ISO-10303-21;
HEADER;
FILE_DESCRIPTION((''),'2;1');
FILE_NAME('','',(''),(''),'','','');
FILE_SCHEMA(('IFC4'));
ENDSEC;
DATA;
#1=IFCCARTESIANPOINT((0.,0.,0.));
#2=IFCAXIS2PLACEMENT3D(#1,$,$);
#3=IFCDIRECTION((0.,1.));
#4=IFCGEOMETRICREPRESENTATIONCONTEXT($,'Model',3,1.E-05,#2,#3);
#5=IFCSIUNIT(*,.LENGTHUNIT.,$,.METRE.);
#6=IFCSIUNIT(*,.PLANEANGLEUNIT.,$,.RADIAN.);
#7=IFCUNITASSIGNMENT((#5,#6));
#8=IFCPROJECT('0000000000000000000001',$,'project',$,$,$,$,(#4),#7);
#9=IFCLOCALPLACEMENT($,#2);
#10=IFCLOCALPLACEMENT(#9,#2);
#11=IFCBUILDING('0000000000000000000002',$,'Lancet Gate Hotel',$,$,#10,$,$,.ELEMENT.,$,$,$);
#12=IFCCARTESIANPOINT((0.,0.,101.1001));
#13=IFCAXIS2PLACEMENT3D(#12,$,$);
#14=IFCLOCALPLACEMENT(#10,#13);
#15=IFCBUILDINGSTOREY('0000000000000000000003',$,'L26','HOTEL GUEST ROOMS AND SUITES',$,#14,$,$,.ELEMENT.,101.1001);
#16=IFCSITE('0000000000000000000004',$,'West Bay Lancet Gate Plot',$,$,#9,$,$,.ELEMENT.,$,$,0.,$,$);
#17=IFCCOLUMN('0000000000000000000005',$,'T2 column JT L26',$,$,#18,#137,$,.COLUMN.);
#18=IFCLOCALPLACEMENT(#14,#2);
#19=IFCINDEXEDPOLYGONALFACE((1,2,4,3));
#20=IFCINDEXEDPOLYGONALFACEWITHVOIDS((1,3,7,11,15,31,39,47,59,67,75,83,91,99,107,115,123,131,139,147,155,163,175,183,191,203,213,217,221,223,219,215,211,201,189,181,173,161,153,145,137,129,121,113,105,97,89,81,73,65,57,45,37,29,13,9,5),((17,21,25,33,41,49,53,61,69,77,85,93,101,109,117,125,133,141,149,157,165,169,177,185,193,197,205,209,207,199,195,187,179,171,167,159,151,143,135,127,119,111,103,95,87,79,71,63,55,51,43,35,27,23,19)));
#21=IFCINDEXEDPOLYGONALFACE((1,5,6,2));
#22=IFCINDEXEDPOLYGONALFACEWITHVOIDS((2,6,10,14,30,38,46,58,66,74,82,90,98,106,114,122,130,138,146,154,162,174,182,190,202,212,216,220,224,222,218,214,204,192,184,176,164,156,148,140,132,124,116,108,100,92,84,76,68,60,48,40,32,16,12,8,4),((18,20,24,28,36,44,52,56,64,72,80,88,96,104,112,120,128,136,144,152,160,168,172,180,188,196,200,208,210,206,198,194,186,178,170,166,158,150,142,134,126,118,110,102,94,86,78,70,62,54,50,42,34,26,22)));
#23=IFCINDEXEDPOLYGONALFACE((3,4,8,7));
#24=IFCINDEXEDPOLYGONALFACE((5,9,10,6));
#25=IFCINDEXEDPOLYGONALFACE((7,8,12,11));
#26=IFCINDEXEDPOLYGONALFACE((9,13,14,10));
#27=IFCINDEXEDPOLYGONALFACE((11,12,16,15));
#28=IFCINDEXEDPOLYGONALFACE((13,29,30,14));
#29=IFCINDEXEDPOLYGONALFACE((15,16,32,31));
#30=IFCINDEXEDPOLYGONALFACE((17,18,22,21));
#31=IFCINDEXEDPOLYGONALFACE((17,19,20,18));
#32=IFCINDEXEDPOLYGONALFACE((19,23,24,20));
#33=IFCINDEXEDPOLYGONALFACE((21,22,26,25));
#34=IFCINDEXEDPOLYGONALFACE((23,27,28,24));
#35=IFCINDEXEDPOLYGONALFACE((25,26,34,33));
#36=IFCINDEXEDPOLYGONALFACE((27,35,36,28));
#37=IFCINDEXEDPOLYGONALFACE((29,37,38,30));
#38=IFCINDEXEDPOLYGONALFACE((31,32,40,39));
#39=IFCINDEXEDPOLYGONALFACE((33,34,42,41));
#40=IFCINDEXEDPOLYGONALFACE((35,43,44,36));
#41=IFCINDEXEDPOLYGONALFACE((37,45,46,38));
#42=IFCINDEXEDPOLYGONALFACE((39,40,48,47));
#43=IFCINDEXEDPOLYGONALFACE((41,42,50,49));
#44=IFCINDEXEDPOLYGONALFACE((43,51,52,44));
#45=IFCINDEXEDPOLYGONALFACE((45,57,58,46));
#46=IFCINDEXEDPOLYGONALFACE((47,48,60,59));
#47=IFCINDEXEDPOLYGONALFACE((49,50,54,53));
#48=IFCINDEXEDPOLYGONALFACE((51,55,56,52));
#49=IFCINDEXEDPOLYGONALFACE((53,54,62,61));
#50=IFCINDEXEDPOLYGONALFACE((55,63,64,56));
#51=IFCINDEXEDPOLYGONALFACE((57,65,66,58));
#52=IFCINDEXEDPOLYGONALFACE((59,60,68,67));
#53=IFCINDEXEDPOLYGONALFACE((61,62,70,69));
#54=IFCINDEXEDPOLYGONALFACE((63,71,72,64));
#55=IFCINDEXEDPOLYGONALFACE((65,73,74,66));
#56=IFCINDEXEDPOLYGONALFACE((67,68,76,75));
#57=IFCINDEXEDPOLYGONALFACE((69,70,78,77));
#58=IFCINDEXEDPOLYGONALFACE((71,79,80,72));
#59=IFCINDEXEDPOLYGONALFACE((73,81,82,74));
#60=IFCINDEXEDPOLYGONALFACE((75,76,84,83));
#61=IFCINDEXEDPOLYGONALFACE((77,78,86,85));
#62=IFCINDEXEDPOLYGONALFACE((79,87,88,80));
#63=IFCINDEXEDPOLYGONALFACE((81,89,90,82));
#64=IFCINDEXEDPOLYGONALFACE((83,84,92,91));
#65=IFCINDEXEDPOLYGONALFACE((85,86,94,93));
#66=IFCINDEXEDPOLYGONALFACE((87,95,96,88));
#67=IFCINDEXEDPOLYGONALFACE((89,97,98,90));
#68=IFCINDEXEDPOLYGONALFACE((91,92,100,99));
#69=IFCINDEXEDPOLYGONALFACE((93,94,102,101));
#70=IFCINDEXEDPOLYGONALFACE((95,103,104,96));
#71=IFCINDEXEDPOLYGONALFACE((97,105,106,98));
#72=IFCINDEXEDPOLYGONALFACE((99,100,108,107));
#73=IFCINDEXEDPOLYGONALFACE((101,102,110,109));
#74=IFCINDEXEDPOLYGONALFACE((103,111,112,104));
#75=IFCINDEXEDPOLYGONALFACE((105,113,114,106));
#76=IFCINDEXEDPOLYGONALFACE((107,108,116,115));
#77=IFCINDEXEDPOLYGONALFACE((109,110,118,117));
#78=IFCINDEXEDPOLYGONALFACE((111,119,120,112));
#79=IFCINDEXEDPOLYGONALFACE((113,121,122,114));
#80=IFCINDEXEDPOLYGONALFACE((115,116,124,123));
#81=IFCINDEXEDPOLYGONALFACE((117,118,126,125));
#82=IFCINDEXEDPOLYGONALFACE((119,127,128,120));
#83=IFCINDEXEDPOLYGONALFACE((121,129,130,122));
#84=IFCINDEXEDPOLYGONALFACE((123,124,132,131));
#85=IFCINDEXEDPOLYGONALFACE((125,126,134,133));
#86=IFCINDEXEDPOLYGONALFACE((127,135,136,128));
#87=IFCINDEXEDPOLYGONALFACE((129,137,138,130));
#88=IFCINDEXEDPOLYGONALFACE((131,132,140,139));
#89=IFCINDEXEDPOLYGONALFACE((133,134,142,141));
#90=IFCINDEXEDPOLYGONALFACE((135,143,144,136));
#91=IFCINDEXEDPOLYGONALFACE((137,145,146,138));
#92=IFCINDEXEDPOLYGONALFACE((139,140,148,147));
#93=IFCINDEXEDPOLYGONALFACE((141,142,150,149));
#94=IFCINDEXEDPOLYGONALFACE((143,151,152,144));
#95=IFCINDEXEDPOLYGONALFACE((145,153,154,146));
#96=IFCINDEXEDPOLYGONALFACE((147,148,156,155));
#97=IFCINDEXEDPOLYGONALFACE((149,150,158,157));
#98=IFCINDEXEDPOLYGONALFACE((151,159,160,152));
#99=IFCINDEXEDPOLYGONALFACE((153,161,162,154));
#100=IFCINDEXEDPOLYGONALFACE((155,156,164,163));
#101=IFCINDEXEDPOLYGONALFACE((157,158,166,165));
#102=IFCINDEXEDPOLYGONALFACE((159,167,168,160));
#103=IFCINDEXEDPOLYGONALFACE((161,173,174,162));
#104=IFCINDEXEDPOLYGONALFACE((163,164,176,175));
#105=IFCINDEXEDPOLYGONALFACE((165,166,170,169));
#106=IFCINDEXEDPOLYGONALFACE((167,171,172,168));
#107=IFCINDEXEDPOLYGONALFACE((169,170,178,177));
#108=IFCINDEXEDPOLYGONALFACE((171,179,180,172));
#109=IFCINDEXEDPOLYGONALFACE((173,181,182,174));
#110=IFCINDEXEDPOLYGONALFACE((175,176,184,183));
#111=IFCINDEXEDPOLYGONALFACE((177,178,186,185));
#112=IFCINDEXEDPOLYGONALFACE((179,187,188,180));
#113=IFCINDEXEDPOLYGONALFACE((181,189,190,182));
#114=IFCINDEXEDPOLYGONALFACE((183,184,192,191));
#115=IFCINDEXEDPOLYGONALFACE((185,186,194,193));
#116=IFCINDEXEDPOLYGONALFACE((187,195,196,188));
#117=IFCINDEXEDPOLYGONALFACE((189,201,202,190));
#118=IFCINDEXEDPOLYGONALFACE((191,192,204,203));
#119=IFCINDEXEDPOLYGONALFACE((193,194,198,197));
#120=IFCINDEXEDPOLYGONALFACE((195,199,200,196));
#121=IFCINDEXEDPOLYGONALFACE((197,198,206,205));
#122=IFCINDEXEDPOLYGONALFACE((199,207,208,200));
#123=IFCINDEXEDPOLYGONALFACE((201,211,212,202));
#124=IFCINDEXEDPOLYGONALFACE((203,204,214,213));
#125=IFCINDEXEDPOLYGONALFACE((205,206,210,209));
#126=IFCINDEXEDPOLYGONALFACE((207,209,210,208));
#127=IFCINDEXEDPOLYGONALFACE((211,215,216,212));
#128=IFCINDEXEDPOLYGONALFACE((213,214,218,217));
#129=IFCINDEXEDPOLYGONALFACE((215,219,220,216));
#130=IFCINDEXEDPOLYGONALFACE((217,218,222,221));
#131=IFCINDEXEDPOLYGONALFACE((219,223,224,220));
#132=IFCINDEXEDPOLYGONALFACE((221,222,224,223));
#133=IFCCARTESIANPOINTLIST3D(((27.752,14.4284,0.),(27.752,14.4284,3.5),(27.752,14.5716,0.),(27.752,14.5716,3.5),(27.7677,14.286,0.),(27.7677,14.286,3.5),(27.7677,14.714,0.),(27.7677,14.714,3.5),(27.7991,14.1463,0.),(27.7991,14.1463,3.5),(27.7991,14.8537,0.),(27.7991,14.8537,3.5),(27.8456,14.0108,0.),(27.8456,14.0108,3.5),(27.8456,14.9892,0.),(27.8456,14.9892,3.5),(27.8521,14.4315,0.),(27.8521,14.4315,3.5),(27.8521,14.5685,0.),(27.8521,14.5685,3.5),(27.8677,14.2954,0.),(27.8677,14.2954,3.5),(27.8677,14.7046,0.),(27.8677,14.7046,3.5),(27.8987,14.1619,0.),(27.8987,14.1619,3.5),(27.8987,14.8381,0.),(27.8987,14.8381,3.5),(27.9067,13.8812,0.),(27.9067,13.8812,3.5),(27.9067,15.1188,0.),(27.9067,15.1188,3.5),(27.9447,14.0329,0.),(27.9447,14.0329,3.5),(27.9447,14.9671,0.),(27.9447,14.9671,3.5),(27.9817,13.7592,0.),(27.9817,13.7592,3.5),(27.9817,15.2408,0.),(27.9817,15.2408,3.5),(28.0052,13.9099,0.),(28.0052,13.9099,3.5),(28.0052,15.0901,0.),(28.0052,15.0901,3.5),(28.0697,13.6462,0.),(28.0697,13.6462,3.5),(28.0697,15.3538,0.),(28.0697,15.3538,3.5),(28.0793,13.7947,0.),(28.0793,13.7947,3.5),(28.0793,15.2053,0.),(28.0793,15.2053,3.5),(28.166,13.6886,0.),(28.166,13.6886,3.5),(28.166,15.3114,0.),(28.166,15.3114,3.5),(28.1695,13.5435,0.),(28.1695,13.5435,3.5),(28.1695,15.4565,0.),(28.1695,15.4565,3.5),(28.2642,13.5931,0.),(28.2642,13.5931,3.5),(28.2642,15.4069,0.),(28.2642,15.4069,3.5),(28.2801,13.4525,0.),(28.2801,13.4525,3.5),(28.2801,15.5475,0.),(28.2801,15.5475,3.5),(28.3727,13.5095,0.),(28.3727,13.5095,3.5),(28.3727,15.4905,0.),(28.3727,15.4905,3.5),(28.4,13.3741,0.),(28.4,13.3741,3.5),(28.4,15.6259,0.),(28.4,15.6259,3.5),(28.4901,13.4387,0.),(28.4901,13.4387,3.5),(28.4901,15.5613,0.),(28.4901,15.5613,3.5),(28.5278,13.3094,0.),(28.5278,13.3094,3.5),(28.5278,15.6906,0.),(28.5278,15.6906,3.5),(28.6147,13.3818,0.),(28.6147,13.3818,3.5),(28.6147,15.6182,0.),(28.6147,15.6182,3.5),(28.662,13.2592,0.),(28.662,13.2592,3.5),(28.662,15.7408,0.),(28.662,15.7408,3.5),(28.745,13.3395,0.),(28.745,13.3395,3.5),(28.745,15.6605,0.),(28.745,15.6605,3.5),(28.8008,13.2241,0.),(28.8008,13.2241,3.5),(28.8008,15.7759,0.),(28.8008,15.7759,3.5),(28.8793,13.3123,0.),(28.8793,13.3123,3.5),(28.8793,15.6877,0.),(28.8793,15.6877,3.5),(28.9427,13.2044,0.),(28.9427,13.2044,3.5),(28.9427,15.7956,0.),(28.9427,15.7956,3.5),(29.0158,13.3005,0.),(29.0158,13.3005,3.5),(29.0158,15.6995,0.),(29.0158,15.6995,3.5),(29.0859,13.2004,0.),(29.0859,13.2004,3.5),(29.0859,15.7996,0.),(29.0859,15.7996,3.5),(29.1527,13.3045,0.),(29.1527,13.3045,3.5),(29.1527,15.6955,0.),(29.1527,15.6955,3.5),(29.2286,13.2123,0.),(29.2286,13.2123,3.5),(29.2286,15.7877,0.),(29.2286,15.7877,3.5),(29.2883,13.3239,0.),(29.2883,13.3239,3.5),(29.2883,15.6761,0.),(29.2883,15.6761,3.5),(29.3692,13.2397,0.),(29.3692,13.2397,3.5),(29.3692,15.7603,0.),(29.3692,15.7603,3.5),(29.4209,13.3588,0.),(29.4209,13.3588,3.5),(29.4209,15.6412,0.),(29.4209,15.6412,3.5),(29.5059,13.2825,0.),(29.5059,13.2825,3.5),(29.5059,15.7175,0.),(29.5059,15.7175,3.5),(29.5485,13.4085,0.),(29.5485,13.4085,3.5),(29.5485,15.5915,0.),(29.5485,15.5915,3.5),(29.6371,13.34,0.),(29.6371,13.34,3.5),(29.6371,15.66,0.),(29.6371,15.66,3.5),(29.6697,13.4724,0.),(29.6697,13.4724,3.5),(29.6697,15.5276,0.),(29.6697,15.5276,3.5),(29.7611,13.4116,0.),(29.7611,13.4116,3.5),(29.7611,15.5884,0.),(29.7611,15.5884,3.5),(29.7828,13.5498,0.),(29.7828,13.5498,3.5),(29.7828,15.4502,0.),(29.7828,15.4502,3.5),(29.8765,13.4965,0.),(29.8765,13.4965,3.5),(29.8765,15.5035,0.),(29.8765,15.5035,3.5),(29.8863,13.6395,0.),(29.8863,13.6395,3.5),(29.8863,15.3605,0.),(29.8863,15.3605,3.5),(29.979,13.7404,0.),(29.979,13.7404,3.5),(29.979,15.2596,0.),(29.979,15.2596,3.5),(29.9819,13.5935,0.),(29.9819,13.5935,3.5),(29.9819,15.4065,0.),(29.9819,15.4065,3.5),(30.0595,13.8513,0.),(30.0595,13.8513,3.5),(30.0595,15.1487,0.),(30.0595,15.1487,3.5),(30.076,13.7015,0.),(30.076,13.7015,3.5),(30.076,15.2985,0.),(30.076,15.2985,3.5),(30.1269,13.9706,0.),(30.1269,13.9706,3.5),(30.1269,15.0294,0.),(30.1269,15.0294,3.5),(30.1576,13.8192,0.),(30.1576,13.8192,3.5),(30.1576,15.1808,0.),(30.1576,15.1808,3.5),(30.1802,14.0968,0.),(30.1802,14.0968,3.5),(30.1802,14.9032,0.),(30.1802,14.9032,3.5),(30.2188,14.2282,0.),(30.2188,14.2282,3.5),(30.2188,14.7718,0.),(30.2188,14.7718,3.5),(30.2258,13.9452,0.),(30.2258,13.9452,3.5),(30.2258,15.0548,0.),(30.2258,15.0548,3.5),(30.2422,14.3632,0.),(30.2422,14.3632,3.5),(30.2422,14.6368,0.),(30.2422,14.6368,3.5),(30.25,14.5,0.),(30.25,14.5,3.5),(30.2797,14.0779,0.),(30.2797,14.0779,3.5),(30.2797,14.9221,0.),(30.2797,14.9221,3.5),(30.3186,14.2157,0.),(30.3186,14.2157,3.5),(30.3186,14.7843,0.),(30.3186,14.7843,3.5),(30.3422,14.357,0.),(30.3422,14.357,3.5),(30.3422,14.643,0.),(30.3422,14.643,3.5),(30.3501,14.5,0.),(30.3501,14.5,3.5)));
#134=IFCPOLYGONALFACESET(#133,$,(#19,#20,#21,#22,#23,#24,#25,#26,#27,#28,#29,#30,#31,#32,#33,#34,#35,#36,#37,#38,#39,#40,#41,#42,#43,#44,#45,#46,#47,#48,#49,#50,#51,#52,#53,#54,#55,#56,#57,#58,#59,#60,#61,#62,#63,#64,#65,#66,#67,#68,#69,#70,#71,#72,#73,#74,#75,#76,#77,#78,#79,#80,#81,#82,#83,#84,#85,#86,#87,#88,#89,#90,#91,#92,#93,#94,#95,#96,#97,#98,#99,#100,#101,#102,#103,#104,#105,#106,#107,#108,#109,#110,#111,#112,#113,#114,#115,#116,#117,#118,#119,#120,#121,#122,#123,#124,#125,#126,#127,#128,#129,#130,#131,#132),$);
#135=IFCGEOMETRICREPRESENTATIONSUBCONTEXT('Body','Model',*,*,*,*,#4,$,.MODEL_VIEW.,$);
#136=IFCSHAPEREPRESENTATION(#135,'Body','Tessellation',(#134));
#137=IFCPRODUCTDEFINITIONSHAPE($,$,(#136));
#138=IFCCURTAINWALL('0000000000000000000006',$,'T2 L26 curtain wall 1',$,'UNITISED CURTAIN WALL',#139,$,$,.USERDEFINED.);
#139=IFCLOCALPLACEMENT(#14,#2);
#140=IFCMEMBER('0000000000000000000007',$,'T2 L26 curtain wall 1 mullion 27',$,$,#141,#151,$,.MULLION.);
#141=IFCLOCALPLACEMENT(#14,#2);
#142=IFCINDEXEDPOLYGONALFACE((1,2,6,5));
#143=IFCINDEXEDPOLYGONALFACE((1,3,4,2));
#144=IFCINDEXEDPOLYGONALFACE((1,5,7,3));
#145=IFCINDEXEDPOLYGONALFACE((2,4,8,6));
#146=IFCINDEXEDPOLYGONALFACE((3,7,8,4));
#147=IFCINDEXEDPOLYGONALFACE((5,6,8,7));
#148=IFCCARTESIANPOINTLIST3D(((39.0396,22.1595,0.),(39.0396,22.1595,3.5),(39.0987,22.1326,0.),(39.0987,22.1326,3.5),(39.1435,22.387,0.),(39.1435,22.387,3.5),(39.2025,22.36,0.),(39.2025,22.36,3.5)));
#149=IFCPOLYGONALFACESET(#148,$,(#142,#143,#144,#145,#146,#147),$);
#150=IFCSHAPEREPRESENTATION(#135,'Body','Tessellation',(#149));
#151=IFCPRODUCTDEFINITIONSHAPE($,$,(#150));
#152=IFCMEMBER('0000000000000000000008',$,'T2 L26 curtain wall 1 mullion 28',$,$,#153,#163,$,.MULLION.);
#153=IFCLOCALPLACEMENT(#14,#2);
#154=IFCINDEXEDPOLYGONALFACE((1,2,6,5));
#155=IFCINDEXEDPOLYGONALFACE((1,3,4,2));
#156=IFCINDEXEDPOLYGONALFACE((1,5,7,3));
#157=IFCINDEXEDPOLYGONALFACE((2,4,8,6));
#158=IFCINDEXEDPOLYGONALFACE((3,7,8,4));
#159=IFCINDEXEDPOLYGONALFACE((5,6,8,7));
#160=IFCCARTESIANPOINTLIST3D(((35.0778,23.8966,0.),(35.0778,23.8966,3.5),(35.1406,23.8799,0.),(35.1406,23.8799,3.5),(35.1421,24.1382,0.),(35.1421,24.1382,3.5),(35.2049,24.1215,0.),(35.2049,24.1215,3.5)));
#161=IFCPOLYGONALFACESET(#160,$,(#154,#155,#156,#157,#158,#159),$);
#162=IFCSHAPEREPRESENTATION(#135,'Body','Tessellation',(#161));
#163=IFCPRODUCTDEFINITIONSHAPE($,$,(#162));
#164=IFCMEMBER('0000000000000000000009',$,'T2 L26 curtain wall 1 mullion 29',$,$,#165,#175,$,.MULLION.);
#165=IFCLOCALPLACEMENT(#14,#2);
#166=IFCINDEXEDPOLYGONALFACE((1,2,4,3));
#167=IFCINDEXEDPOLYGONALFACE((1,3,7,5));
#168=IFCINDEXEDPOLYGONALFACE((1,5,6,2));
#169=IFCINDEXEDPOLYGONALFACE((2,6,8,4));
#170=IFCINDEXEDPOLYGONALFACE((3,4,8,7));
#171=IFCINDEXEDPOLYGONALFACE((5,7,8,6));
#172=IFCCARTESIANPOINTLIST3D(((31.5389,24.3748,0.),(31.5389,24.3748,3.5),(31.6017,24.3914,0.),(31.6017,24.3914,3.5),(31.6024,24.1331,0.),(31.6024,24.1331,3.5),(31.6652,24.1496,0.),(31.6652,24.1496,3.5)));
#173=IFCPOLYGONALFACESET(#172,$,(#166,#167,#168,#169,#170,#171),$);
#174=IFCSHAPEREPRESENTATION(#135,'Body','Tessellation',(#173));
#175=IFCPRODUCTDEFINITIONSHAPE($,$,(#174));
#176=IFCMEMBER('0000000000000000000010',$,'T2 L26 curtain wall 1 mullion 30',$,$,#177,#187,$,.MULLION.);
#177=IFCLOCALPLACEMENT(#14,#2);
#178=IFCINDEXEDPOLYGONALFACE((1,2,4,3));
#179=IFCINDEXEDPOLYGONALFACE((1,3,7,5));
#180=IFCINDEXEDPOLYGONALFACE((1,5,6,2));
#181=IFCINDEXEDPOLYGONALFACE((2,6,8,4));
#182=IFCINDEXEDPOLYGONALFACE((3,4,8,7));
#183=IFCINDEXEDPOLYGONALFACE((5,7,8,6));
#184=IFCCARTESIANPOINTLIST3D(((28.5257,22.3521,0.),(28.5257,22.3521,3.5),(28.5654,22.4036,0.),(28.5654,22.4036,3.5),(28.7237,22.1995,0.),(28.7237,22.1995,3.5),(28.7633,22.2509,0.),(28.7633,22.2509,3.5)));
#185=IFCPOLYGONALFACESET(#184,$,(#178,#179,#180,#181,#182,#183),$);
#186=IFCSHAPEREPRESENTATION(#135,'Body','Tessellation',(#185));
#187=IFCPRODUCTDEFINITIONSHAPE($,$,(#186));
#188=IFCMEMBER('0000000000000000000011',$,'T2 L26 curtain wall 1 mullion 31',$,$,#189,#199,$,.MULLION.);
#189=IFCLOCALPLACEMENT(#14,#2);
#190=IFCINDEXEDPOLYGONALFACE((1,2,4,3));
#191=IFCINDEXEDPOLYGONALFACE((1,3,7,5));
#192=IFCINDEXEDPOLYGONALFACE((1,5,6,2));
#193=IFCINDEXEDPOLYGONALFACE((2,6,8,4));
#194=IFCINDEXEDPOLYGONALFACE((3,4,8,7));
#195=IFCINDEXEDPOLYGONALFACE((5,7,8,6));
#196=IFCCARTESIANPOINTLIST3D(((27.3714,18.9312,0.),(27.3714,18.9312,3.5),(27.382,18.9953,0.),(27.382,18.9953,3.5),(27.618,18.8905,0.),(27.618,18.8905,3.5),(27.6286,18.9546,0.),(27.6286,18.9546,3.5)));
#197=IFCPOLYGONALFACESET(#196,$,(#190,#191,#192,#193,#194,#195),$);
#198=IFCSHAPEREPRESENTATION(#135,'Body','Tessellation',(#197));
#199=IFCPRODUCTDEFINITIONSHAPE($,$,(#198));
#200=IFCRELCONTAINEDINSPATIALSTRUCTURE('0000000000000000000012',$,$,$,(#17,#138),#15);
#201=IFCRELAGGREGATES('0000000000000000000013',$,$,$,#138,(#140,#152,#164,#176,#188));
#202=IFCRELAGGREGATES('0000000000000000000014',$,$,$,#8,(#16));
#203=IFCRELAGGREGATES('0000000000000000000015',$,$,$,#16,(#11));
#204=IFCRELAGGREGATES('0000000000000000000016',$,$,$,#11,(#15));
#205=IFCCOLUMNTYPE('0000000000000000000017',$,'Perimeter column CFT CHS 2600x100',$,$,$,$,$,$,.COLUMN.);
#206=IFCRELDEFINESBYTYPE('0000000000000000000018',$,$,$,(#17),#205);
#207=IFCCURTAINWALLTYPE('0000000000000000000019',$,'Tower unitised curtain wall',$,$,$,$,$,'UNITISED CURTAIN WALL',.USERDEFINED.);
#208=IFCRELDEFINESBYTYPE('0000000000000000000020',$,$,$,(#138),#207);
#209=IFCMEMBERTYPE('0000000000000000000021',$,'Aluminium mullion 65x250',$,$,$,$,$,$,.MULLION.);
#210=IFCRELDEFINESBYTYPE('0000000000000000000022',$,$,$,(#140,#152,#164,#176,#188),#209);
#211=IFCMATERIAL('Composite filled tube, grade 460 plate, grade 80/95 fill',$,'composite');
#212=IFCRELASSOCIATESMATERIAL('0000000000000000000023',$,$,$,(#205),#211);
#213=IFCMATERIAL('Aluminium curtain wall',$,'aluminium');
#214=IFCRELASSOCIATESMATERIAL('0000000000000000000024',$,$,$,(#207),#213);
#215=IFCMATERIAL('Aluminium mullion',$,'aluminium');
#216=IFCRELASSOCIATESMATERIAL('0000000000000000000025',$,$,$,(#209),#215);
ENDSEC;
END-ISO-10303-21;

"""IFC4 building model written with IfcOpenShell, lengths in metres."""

from ifc_helpers import new_model, si_unit, direction, frame, origin, origin_2d, place, context, subcontext, project, spatial, rectangle, hollow_circle, extrude, material, material_profile, profile_set, type_object, element, aggregate, save


model = new_model("IFC4")

# Units and contexts
model_context = context("Model", 3, precision=1e-05, world=origin(), true_north=direction((0.0, 1.0)))
body_context = subcontext(model_context, "Body", "Model", "MODEL_VIEW")
ifc_project = project(units=[si_unit("LENGTHUNIT", "METRE"), si_unit("PLANEANGLEUNIT", "RADIAN")], contexts=[model_context])

# Site, building, storey
site_placement = place(None, origin())
site = spatial("IfcSite", under=ifc_project, at=site_placement, Name="West Bay Lancet Gate Plot", CompositionType="ELEMENT", RefElevation=0.0)
building_placement = place(site_placement, origin())
building = spatial("IfcBuilding", under=site, at=building_placement, Name="Lancet Gate Hotel", CompositionType="ELEMENT")
storey_placement = place(building_placement, frame((0.0, 0.0, 101.1001)))
storey = spatial("IfcBuildingStorey", under=building, at=storey_placement, Name="L26", Description="HOTEL GUEST ROOMS AND SUITES", CompositionType="ELEMENT", Elevation=101.1001)

# Column
ifc_material_1 = material(Name="Composite filled tube, grade 460 plate, grade 80/95 fill", Category="composite")
ifc_material_profile_1 = material_profile(ifc_material_1, hollow_circle(Radius=1.3, WallThickness=0.1001, at=origin_2d()), Name="CHS 2600x100")
ifc_profile_set_1 = profile_set([ifc_material_profile_1], Name="Composite filled tube, grade 460 plate, grade 80/95 fill")
column_type = type_object("IfcColumnType", Name="Perimeter column CFT CHS 2600x100", PredefinedType="COLUMN", material=ifc_profile_set_1)
for number, where, z_axis, x_axis, name in (
    (1, (29.05, 14.5, 0.0), (0.0, 0.0, 1.0), (1.0, 0.0, 0.0), "T2 column JT L26"),
):
    element("IfcColumn", number, at=place(storey_placement, frame(where, z_axis=z_axis, x_axis=x_axis)), inside=storey, type_object=column_type, Name=name, PredefinedType="COLUMN", context=body_context, shape_type="SweptSolid", body=[
        extrude(hollow_circle(Radius=1.3, WallThickness=0.1001, at=origin_2d()), origin(), (0.0, 0.0, 1.0), 3.5),
    ])

# Curtain wall, members
ifc_material_2 = material(Name="Aluminium curtain wall", Category="aluminium")
curtain_wall_type = type_object("IfcCurtainWallType", Name="Tower unitised curtain wall", ElementType="UNITISED CURTAIN WALL", PredefinedType="USERDEFINED", material=ifc_material_2)
curtain_wall_placement = place(storey_placement, origin())
curtain_wall = element("IfcCurtainWall", 2, at=curtain_wall_placement, inside=storey, type_object=curtain_wall_type, Name="T2 L26 curtain wall 1", ObjectType="UNITISED CURTAIN WALL", PredefinedType="USERDEFINED")
ifc_material_3 = material(Name="Aluminium mullion", Category="aluminium")
ifc_material_profile_2 = material_profile(ifc_material_3, rectangle(XDim=0.0649, YDim=0.25, at=origin_2d()), Name="MULLION 65x250")
ifc_profile_set_2 = profile_set([ifc_material_profile_2], Name="Aluminium mullion")
member_type_1 = type_object("IfcMemberType", Name="Aluminium mullion 65x250", PredefinedType="MULLION", material=ifc_profile_set_2)
member_1_placement = place(storey_placement, frame((39.1211, 22.2598, 0.0), z_axis=(0.0, 0.0, 1.0), x_axis=(-0.909673, 0.415326, 0.0)))
member_1 = element("IfcMember", 3, at=member_1_placement, type_object=member_type_1, Name="T2 L26 curtain wall 1 mullion 27", PredefinedType="MULLION", context=body_context, shape_type="SweptSolid", body=[
    extrude(rectangle(XDim=0.0649, YDim=0.25, at=origin_2d()), origin(), (0.0, 0.0, 1.0), 3.5),
])
member_2_placement = place(storey_placement, frame((35.1414, 24.009, 0.0), z_axis=(0.0, 0.0, 1.0), x_axis=(-0.966317, 0.257353, 0.0)))
member_2 = element("IfcMember", 4, at=member_2_placement, type_object=member_type_1, Name="T2 L26 curtain wall 1 mullion 28", PredefinedType="MULLION", context=body_context, shape_type="SweptSolid", body=[
    extrude(rectangle(XDim=0.0649, YDim=0.25, at=origin_2d()), origin(), (0.0, 0.0, 1.0), 3.5),
])
member_3_placement = place(storey_placement, frame((31.6021, 24.2622, 0.0), z_axis=(0.0, 0.0, 1.0), x_axis=(-0.967157, -0.254179, 0.0)))
member_3 = element("IfcMember", 5, at=member_3_placement, type_object=member_type_1, Name="T2 L26 curtain wall 1 mullion 29", PredefinedType="MULLION", context=body_context, shape_type="SweptSolid", body=[
    extrude(rectangle(XDim=0.0649, YDim=0.25, at=origin_2d()), origin(), (0.0, 0.0, 1.0), 3.5),
])
member_4_placement = place(storey_placement, frame((28.6445, 22.3015, 0.0), z_axis=(0.0, 0.0, 1.0), x_axis=(-0.610664, -0.79189, 0.0)))
member_4 = element("IfcMember", 6, at=member_4_placement, type_object=member_type_1, Name="T2 L26 curtain wall 1 mullion 30", PredefinedType="MULLION", context=body_context, shape_type="SweptSolid", body=[
    extrude(rectangle(XDim=0.0649, YDim=0.25, at=origin_2d()), origin(), (0.0, 0.0, 1.0), 3.5),
])
member_5_placement = place(storey_placement, frame((27.5, 18.9429, 0.0), z_axis=(0.0, 0.0, 1.0), x_axis=(-0.162739, -0.986669, 0.0)))
member_5 = element("IfcMember", 7, at=member_5_placement, type_object=member_type_1, Name="T2 L26 curtain wall 1 mullion 31", PredefinedType="MULLION", context=body_context, shape_type="SweptSolid", body=[
    extrude(rectangle(XDim=0.0649, YDim=0.25, at=origin_2d()), origin(), (0.0, 0.0, 1.0), 3.5),
])

aggregate(curtain_wall, [member_1, member_2, member_3, member_4, member_5])

save(model, "model.ifc")
